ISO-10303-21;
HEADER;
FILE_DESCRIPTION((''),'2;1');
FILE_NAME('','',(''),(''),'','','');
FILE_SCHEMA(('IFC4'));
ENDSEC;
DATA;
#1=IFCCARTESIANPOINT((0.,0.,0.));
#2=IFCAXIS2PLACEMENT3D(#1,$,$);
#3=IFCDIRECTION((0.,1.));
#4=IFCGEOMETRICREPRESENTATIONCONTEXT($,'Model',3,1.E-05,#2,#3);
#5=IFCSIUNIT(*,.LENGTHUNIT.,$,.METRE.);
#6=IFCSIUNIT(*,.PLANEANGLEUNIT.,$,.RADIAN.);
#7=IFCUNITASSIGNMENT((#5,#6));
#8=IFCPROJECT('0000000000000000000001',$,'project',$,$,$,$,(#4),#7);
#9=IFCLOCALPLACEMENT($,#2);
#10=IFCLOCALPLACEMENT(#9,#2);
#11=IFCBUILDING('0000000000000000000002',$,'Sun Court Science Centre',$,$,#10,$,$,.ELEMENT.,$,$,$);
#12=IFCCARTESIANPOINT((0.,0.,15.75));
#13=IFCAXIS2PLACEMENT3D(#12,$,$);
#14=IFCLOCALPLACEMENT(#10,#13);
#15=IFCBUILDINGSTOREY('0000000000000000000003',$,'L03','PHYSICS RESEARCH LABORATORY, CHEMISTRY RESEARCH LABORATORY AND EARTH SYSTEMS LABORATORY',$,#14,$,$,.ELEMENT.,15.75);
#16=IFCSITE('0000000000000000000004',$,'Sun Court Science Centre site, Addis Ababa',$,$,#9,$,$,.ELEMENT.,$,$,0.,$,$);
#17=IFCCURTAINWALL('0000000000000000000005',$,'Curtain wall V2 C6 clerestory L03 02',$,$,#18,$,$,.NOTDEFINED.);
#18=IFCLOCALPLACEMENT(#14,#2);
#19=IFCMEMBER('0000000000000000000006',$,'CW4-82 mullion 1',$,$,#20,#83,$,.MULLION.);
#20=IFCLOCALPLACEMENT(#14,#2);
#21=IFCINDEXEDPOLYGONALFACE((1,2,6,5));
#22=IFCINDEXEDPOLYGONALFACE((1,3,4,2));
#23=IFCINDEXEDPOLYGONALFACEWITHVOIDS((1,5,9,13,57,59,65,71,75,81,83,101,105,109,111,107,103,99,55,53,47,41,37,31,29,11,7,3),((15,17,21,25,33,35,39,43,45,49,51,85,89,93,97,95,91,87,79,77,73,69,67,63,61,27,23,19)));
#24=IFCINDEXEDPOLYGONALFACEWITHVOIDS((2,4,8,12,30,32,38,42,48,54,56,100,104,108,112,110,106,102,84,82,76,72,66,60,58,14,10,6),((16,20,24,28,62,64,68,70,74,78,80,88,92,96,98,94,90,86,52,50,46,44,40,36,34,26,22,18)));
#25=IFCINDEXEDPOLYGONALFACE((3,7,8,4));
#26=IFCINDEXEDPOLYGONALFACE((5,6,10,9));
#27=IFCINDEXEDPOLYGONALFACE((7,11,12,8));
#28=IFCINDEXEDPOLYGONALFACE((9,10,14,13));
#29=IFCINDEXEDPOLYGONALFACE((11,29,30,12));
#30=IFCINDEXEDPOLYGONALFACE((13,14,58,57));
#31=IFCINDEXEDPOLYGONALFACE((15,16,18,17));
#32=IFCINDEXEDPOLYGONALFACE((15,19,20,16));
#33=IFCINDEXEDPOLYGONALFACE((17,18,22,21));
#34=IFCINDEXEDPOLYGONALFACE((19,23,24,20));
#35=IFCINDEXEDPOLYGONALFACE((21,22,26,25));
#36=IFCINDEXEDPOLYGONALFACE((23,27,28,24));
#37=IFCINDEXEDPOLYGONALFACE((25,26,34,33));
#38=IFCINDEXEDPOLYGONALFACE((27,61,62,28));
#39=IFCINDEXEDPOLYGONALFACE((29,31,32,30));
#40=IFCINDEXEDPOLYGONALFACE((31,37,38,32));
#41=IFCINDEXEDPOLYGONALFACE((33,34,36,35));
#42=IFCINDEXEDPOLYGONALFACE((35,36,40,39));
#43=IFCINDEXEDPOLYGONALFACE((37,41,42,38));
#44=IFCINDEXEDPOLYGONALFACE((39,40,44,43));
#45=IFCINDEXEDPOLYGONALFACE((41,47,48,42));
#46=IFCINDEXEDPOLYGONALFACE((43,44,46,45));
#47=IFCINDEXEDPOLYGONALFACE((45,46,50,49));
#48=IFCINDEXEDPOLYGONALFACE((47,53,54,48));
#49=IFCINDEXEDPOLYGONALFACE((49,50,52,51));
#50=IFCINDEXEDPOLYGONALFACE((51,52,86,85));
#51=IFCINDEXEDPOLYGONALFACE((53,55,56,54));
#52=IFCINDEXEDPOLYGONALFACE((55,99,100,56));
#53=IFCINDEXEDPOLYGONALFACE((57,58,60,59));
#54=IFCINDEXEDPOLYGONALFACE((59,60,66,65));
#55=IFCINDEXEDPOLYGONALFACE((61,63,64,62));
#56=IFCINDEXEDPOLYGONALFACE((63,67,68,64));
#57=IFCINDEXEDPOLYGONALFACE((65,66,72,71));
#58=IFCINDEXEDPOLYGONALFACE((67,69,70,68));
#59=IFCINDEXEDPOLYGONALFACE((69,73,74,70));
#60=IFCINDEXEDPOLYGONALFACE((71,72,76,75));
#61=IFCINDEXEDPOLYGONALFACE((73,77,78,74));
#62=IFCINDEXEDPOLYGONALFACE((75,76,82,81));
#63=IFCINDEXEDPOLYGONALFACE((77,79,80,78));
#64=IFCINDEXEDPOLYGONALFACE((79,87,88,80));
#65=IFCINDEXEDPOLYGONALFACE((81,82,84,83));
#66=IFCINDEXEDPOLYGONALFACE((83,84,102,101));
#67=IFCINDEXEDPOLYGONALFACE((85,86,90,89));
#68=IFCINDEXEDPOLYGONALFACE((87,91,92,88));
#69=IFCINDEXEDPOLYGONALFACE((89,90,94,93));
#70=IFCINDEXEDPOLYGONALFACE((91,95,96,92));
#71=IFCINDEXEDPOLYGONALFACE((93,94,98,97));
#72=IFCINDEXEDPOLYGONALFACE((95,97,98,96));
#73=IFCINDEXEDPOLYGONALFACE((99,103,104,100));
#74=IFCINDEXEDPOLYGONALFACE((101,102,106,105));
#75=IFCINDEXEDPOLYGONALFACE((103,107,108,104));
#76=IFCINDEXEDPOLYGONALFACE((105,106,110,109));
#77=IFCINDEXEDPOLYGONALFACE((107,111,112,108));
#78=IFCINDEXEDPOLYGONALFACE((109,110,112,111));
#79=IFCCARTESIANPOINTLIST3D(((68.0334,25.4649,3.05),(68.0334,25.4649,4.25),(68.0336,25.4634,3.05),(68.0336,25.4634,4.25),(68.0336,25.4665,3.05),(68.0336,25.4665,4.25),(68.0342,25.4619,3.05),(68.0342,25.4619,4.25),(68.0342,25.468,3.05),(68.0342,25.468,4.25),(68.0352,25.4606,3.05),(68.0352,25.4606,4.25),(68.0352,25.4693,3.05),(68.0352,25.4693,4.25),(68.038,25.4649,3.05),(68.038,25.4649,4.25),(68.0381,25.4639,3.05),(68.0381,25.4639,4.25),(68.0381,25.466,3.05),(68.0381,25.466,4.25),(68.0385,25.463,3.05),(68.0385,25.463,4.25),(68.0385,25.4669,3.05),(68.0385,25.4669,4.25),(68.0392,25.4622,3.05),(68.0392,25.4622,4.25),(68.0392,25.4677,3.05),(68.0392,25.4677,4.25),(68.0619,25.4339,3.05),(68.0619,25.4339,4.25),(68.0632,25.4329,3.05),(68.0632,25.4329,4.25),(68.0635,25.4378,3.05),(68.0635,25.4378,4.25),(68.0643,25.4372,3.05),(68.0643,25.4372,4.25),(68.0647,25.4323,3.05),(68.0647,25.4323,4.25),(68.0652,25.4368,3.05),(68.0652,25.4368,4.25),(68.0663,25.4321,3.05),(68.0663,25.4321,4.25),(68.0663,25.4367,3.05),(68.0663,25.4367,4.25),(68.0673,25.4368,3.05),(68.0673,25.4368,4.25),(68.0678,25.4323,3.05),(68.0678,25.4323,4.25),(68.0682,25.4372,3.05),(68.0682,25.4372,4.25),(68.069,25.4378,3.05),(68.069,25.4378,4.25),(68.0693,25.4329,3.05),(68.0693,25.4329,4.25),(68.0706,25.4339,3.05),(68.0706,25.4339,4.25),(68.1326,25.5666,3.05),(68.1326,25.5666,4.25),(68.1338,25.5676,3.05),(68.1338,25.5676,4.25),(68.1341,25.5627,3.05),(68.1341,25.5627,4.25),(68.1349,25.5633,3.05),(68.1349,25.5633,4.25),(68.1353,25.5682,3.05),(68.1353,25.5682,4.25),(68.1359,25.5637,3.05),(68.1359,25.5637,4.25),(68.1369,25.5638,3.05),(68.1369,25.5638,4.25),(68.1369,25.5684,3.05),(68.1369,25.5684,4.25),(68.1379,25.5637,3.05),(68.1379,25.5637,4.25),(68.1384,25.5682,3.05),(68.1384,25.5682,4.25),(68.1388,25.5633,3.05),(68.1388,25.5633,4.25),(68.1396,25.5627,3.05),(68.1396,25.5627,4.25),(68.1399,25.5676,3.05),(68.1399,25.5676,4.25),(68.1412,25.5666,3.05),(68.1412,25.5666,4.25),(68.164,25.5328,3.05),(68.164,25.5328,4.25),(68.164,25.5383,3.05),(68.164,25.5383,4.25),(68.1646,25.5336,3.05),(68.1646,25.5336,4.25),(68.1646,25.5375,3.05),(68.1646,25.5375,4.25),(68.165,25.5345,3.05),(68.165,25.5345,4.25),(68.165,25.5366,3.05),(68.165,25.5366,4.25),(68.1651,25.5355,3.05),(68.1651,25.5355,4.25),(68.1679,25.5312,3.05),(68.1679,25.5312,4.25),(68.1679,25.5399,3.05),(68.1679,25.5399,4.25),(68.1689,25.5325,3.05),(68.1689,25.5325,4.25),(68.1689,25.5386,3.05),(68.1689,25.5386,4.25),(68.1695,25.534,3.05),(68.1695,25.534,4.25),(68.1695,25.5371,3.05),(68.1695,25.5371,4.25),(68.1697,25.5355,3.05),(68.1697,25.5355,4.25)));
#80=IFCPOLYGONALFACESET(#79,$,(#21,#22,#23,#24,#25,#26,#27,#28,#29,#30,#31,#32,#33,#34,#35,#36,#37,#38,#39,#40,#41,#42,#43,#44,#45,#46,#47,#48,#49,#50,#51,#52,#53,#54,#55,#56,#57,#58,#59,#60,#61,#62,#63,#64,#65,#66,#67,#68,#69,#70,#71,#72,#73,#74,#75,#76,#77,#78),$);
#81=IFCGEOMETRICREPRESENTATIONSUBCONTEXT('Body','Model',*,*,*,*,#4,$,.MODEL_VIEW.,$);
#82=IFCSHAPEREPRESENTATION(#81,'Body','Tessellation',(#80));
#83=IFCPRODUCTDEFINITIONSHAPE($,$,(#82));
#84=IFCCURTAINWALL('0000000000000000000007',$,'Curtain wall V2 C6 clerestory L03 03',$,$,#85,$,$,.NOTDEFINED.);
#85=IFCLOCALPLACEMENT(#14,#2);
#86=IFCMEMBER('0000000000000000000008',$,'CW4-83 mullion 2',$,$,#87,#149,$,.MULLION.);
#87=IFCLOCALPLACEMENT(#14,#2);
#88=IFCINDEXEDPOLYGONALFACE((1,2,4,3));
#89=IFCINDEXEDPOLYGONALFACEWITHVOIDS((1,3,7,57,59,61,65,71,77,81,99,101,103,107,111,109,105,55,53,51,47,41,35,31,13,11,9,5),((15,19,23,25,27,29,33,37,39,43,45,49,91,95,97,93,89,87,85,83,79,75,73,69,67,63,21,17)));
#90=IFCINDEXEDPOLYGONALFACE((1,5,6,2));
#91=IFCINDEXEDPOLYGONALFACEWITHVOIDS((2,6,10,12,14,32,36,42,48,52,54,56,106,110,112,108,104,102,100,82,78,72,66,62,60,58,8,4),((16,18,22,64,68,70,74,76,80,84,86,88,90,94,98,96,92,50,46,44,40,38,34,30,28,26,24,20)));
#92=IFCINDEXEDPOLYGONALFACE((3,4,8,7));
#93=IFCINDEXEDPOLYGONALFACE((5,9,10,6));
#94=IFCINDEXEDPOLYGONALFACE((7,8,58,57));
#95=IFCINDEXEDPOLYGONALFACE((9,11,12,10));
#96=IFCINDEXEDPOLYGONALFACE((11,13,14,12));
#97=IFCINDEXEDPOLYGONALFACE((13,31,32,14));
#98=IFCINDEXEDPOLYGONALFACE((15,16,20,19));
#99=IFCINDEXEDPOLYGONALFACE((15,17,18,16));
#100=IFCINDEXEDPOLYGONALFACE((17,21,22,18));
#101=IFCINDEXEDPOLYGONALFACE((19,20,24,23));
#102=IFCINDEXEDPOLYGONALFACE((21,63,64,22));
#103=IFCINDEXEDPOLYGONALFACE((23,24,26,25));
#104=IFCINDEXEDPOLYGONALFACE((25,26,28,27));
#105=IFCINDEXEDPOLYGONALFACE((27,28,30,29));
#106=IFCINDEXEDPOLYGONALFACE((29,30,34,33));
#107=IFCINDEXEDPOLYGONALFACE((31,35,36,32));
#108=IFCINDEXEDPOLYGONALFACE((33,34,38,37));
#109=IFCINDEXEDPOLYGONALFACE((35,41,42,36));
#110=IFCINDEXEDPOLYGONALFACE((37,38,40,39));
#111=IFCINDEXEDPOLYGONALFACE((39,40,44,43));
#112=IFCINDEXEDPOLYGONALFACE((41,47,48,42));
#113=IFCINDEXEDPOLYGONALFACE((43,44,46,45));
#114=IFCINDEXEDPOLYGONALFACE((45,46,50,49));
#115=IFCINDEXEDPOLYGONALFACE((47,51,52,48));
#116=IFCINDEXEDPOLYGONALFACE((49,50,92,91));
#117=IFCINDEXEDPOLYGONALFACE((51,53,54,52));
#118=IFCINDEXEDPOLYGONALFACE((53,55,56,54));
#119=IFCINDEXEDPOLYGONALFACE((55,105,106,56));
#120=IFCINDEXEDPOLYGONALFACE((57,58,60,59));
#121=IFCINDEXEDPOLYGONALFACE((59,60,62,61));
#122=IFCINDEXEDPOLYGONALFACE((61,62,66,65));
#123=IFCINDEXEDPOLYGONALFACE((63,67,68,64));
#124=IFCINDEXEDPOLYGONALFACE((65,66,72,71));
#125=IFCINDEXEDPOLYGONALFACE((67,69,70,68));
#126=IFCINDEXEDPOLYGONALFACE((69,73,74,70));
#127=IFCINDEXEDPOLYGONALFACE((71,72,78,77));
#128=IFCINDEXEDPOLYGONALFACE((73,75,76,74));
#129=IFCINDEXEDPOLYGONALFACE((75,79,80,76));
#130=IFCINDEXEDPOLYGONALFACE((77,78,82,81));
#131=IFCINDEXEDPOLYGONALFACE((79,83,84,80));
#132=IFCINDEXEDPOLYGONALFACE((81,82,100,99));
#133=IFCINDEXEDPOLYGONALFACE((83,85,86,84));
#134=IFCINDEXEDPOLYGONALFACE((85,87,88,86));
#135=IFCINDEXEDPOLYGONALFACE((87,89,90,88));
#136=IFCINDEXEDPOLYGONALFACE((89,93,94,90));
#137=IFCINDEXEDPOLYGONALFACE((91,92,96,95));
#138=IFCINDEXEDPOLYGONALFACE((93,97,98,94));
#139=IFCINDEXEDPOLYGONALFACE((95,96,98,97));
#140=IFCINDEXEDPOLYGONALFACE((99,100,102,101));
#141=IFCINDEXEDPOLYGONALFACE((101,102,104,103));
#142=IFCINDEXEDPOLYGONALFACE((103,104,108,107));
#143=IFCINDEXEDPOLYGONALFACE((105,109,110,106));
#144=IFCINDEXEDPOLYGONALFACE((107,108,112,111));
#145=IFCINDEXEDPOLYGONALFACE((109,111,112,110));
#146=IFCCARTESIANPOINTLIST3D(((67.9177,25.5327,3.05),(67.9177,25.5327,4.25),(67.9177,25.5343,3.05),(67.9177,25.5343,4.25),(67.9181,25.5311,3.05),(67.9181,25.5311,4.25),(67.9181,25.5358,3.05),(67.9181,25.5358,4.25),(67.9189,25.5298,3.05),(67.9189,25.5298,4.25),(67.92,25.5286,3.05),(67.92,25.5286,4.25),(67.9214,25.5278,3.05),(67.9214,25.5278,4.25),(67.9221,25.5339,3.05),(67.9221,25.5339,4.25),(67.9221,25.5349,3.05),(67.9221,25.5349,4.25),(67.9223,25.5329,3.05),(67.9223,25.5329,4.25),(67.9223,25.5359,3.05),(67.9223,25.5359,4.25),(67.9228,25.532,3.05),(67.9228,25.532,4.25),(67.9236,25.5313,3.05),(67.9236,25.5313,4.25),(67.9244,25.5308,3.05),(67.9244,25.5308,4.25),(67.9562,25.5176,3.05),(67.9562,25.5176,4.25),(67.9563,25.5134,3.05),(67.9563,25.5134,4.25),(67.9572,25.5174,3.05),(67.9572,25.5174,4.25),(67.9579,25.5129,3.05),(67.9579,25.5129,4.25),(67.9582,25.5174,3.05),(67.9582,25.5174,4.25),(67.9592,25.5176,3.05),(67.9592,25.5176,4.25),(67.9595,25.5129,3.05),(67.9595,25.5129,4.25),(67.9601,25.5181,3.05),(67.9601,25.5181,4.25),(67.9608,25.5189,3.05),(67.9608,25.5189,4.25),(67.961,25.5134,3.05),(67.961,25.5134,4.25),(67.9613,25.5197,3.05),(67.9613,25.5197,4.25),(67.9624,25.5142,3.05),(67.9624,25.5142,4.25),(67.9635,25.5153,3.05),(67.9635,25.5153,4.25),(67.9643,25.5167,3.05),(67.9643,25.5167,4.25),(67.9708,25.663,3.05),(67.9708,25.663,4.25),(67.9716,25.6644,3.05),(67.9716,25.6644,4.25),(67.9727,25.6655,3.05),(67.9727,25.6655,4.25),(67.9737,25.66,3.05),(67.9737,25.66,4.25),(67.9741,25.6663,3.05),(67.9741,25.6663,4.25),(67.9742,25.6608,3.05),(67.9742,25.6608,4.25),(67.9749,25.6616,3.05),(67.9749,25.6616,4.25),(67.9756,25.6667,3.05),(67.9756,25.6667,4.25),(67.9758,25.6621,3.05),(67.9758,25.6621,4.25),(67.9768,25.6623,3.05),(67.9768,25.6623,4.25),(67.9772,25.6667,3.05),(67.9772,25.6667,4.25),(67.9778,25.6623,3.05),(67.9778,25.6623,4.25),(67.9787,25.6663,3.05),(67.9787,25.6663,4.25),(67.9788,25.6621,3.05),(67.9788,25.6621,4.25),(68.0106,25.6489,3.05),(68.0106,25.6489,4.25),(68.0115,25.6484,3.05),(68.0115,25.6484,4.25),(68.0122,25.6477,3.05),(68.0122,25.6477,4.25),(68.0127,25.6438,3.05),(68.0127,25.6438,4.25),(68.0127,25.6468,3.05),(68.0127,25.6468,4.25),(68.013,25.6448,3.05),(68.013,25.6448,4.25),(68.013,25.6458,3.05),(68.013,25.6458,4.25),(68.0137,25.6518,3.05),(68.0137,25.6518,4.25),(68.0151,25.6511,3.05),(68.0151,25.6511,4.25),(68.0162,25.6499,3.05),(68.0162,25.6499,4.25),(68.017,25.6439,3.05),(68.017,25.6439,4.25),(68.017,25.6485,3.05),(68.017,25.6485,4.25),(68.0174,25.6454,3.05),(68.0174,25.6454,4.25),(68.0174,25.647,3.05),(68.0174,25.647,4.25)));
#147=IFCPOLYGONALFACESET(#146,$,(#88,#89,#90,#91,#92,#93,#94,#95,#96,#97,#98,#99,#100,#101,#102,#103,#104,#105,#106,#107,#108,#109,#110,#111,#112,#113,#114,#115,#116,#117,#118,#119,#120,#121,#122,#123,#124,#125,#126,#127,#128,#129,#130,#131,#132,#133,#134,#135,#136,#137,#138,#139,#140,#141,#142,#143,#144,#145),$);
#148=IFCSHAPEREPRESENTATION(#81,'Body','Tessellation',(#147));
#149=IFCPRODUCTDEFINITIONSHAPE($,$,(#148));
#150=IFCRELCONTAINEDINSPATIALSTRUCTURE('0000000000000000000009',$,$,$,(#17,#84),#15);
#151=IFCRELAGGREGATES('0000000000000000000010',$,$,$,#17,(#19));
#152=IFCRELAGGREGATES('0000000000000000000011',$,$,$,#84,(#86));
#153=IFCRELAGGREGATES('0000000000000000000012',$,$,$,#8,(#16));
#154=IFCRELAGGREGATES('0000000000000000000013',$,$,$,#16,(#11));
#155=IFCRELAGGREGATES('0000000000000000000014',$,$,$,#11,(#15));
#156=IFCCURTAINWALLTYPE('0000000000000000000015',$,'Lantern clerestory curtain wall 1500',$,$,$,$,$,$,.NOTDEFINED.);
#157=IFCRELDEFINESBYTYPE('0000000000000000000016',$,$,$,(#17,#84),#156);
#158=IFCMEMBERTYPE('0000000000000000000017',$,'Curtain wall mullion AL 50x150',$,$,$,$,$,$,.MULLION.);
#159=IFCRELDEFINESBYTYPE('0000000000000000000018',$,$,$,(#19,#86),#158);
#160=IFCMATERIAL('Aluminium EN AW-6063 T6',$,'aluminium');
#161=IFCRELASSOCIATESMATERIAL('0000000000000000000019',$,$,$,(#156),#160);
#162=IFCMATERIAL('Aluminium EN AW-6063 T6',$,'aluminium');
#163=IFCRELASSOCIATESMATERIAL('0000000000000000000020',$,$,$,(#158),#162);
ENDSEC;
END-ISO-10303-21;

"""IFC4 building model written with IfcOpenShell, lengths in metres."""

from ifc_helpers import new_model, si_unit, direction, frame, origin, origin_2d, place, context, subcontext, project, spatial, hollow_rectangle, extrude, material, material_profile, profile_set, type_object, element, aggregate, save


model = new_model("IFC4")

# Units and contexts
model_context = context("Model", 3, precision=1e-05, world=origin(), true_north=direction((0.0, 1.0)))
body_context = subcontext(model_context, "Body", "Model", "MODEL_VIEW")
ifc_project = project(units=[si_unit("LENGTHUNIT", "METRE"), si_unit("PLANEANGLEUNIT", "RADIAN")], contexts=[model_context])

# Site, building, storey
site_placement = place(None, origin())
site = spatial("IfcSite", under=ifc_project, at=site_placement, Name="Sun Court Science Centre site, Addis Ababa", CompositionType="ELEMENT", RefElevation=0.0)
building_placement = place(site_placement, origin())
building = spatial("IfcBuilding", under=site, at=building_placement, Name="Sun Court Science Centre", CompositionType="ELEMENT")
storey_placement = place(building_placement, frame((0.0, 0.0, 15.75)))
storey = spatial("IfcBuildingStorey", under=building, at=storey_placement, Name="L03", Description="PHYSICS RESEARCH LABORATORY, CHEMISTRY RESEARCH LABORATORY AND EARTH SYSTEMS LABORATORY", CompositionType="ELEMENT", Elevation=15.75)

# Curtain walls, members
ifc_material_1 = material(Name="Aluminium EN AW-6063 T6", Category="aluminium")
curtain_wall_type = type_object("IfcCurtainWallType", Name="Lantern clerestory curtain wall 1500", PredefinedType="NOTDEFINED", material=ifc_material_1)
curtain_wall_1_placement = place(storey_placement, origin())
curtain_wall_1 = element("IfcCurtainWall", 1, at=curtain_wall_1_placement, inside=storey, type_object=curtain_wall_type, Name="Curtain wall V2 C6 clerestory L03 02", PredefinedType="NOTDEFINED")
ifc_material_2 = material(Name="Aluminium EN AW-6063 T6", Category="aluminium")
ifc_material_profile_1 = material_profile(ifc_material_2, hollow_rectangle(XDim=0.05, YDim=0.1499, WallThickness=0.0039, InnerFilletRadius=0.0039, OuterFilletRadius=0.0061, at=origin_2d()), Name="AL 50x150x4")
ifc_profile_set_1 = profile_set([ifc_material_profile_1], Name="Aluminium EN AW-6063 T6")
member_type_1 = type_object("IfcMemberType", Name="Curtain wall mullion AL 50x150", PredefinedType="MULLION", material=ifc_profile_set_1)
member_1_placement = place(storey_placement, frame((68.1016, 25.5002, 3.05), z_axis=(0.0, 0.0, 1.0), x_axis=(0.707107, -0.707107, 0.0)))
member_1 = element("IfcMember", 2, at=member_1_placement, type_object=member_type_1, Name="CW4-82 mullion 1", PredefinedType="MULLION", context=body_context, shape_type="SweptSolid", body=[
    extrude(hollow_rectangle(XDim=0.05, YDim=0.1499, WallThickness=0.0039, InnerFilletRadius=0.0039, OuterFilletRadius=0.0061, at=origin_2d()), origin(), (0.0, 0.0, 1.0), 1.2),
])
curtain_wall_2_placement = place(storey_placement, origin())
curtain_wall_2 = element("IfcCurtainWall", 3, at=curtain_wall_2_placement, inside=storey, type_object=curtain_wall_type, Name="Curtain wall V2 C6 clerestory L03 03", PredefinedType="NOTDEFINED")
member_2_placement = place(storey_placement, frame((67.9675, 25.5898, 3.05), z_axis=(0.0, 0.0, 1.0), x_axis=(0.92388, -0.382683, 0.0)))
member_2 = element("IfcMember", 4, at=member_2_placement, type_object=member_type_1, Name="CW4-83 mullion 2", PredefinedType="MULLION", context=body_context, shape_type="SweptSolid", body=[
    extrude(hollow_rectangle(XDim=0.05, YDim=0.1499, WallThickness=0.0039, InnerFilletRadius=0.0039, OuterFilletRadius=0.0061, at=origin_2d()), origin(), (0.0, 0.0, 1.0), 1.2),
])

aggregate(curtain_wall_1, [member_1])
aggregate(curtain_wall_2, [member_2])

save(model, "model.ifc")
